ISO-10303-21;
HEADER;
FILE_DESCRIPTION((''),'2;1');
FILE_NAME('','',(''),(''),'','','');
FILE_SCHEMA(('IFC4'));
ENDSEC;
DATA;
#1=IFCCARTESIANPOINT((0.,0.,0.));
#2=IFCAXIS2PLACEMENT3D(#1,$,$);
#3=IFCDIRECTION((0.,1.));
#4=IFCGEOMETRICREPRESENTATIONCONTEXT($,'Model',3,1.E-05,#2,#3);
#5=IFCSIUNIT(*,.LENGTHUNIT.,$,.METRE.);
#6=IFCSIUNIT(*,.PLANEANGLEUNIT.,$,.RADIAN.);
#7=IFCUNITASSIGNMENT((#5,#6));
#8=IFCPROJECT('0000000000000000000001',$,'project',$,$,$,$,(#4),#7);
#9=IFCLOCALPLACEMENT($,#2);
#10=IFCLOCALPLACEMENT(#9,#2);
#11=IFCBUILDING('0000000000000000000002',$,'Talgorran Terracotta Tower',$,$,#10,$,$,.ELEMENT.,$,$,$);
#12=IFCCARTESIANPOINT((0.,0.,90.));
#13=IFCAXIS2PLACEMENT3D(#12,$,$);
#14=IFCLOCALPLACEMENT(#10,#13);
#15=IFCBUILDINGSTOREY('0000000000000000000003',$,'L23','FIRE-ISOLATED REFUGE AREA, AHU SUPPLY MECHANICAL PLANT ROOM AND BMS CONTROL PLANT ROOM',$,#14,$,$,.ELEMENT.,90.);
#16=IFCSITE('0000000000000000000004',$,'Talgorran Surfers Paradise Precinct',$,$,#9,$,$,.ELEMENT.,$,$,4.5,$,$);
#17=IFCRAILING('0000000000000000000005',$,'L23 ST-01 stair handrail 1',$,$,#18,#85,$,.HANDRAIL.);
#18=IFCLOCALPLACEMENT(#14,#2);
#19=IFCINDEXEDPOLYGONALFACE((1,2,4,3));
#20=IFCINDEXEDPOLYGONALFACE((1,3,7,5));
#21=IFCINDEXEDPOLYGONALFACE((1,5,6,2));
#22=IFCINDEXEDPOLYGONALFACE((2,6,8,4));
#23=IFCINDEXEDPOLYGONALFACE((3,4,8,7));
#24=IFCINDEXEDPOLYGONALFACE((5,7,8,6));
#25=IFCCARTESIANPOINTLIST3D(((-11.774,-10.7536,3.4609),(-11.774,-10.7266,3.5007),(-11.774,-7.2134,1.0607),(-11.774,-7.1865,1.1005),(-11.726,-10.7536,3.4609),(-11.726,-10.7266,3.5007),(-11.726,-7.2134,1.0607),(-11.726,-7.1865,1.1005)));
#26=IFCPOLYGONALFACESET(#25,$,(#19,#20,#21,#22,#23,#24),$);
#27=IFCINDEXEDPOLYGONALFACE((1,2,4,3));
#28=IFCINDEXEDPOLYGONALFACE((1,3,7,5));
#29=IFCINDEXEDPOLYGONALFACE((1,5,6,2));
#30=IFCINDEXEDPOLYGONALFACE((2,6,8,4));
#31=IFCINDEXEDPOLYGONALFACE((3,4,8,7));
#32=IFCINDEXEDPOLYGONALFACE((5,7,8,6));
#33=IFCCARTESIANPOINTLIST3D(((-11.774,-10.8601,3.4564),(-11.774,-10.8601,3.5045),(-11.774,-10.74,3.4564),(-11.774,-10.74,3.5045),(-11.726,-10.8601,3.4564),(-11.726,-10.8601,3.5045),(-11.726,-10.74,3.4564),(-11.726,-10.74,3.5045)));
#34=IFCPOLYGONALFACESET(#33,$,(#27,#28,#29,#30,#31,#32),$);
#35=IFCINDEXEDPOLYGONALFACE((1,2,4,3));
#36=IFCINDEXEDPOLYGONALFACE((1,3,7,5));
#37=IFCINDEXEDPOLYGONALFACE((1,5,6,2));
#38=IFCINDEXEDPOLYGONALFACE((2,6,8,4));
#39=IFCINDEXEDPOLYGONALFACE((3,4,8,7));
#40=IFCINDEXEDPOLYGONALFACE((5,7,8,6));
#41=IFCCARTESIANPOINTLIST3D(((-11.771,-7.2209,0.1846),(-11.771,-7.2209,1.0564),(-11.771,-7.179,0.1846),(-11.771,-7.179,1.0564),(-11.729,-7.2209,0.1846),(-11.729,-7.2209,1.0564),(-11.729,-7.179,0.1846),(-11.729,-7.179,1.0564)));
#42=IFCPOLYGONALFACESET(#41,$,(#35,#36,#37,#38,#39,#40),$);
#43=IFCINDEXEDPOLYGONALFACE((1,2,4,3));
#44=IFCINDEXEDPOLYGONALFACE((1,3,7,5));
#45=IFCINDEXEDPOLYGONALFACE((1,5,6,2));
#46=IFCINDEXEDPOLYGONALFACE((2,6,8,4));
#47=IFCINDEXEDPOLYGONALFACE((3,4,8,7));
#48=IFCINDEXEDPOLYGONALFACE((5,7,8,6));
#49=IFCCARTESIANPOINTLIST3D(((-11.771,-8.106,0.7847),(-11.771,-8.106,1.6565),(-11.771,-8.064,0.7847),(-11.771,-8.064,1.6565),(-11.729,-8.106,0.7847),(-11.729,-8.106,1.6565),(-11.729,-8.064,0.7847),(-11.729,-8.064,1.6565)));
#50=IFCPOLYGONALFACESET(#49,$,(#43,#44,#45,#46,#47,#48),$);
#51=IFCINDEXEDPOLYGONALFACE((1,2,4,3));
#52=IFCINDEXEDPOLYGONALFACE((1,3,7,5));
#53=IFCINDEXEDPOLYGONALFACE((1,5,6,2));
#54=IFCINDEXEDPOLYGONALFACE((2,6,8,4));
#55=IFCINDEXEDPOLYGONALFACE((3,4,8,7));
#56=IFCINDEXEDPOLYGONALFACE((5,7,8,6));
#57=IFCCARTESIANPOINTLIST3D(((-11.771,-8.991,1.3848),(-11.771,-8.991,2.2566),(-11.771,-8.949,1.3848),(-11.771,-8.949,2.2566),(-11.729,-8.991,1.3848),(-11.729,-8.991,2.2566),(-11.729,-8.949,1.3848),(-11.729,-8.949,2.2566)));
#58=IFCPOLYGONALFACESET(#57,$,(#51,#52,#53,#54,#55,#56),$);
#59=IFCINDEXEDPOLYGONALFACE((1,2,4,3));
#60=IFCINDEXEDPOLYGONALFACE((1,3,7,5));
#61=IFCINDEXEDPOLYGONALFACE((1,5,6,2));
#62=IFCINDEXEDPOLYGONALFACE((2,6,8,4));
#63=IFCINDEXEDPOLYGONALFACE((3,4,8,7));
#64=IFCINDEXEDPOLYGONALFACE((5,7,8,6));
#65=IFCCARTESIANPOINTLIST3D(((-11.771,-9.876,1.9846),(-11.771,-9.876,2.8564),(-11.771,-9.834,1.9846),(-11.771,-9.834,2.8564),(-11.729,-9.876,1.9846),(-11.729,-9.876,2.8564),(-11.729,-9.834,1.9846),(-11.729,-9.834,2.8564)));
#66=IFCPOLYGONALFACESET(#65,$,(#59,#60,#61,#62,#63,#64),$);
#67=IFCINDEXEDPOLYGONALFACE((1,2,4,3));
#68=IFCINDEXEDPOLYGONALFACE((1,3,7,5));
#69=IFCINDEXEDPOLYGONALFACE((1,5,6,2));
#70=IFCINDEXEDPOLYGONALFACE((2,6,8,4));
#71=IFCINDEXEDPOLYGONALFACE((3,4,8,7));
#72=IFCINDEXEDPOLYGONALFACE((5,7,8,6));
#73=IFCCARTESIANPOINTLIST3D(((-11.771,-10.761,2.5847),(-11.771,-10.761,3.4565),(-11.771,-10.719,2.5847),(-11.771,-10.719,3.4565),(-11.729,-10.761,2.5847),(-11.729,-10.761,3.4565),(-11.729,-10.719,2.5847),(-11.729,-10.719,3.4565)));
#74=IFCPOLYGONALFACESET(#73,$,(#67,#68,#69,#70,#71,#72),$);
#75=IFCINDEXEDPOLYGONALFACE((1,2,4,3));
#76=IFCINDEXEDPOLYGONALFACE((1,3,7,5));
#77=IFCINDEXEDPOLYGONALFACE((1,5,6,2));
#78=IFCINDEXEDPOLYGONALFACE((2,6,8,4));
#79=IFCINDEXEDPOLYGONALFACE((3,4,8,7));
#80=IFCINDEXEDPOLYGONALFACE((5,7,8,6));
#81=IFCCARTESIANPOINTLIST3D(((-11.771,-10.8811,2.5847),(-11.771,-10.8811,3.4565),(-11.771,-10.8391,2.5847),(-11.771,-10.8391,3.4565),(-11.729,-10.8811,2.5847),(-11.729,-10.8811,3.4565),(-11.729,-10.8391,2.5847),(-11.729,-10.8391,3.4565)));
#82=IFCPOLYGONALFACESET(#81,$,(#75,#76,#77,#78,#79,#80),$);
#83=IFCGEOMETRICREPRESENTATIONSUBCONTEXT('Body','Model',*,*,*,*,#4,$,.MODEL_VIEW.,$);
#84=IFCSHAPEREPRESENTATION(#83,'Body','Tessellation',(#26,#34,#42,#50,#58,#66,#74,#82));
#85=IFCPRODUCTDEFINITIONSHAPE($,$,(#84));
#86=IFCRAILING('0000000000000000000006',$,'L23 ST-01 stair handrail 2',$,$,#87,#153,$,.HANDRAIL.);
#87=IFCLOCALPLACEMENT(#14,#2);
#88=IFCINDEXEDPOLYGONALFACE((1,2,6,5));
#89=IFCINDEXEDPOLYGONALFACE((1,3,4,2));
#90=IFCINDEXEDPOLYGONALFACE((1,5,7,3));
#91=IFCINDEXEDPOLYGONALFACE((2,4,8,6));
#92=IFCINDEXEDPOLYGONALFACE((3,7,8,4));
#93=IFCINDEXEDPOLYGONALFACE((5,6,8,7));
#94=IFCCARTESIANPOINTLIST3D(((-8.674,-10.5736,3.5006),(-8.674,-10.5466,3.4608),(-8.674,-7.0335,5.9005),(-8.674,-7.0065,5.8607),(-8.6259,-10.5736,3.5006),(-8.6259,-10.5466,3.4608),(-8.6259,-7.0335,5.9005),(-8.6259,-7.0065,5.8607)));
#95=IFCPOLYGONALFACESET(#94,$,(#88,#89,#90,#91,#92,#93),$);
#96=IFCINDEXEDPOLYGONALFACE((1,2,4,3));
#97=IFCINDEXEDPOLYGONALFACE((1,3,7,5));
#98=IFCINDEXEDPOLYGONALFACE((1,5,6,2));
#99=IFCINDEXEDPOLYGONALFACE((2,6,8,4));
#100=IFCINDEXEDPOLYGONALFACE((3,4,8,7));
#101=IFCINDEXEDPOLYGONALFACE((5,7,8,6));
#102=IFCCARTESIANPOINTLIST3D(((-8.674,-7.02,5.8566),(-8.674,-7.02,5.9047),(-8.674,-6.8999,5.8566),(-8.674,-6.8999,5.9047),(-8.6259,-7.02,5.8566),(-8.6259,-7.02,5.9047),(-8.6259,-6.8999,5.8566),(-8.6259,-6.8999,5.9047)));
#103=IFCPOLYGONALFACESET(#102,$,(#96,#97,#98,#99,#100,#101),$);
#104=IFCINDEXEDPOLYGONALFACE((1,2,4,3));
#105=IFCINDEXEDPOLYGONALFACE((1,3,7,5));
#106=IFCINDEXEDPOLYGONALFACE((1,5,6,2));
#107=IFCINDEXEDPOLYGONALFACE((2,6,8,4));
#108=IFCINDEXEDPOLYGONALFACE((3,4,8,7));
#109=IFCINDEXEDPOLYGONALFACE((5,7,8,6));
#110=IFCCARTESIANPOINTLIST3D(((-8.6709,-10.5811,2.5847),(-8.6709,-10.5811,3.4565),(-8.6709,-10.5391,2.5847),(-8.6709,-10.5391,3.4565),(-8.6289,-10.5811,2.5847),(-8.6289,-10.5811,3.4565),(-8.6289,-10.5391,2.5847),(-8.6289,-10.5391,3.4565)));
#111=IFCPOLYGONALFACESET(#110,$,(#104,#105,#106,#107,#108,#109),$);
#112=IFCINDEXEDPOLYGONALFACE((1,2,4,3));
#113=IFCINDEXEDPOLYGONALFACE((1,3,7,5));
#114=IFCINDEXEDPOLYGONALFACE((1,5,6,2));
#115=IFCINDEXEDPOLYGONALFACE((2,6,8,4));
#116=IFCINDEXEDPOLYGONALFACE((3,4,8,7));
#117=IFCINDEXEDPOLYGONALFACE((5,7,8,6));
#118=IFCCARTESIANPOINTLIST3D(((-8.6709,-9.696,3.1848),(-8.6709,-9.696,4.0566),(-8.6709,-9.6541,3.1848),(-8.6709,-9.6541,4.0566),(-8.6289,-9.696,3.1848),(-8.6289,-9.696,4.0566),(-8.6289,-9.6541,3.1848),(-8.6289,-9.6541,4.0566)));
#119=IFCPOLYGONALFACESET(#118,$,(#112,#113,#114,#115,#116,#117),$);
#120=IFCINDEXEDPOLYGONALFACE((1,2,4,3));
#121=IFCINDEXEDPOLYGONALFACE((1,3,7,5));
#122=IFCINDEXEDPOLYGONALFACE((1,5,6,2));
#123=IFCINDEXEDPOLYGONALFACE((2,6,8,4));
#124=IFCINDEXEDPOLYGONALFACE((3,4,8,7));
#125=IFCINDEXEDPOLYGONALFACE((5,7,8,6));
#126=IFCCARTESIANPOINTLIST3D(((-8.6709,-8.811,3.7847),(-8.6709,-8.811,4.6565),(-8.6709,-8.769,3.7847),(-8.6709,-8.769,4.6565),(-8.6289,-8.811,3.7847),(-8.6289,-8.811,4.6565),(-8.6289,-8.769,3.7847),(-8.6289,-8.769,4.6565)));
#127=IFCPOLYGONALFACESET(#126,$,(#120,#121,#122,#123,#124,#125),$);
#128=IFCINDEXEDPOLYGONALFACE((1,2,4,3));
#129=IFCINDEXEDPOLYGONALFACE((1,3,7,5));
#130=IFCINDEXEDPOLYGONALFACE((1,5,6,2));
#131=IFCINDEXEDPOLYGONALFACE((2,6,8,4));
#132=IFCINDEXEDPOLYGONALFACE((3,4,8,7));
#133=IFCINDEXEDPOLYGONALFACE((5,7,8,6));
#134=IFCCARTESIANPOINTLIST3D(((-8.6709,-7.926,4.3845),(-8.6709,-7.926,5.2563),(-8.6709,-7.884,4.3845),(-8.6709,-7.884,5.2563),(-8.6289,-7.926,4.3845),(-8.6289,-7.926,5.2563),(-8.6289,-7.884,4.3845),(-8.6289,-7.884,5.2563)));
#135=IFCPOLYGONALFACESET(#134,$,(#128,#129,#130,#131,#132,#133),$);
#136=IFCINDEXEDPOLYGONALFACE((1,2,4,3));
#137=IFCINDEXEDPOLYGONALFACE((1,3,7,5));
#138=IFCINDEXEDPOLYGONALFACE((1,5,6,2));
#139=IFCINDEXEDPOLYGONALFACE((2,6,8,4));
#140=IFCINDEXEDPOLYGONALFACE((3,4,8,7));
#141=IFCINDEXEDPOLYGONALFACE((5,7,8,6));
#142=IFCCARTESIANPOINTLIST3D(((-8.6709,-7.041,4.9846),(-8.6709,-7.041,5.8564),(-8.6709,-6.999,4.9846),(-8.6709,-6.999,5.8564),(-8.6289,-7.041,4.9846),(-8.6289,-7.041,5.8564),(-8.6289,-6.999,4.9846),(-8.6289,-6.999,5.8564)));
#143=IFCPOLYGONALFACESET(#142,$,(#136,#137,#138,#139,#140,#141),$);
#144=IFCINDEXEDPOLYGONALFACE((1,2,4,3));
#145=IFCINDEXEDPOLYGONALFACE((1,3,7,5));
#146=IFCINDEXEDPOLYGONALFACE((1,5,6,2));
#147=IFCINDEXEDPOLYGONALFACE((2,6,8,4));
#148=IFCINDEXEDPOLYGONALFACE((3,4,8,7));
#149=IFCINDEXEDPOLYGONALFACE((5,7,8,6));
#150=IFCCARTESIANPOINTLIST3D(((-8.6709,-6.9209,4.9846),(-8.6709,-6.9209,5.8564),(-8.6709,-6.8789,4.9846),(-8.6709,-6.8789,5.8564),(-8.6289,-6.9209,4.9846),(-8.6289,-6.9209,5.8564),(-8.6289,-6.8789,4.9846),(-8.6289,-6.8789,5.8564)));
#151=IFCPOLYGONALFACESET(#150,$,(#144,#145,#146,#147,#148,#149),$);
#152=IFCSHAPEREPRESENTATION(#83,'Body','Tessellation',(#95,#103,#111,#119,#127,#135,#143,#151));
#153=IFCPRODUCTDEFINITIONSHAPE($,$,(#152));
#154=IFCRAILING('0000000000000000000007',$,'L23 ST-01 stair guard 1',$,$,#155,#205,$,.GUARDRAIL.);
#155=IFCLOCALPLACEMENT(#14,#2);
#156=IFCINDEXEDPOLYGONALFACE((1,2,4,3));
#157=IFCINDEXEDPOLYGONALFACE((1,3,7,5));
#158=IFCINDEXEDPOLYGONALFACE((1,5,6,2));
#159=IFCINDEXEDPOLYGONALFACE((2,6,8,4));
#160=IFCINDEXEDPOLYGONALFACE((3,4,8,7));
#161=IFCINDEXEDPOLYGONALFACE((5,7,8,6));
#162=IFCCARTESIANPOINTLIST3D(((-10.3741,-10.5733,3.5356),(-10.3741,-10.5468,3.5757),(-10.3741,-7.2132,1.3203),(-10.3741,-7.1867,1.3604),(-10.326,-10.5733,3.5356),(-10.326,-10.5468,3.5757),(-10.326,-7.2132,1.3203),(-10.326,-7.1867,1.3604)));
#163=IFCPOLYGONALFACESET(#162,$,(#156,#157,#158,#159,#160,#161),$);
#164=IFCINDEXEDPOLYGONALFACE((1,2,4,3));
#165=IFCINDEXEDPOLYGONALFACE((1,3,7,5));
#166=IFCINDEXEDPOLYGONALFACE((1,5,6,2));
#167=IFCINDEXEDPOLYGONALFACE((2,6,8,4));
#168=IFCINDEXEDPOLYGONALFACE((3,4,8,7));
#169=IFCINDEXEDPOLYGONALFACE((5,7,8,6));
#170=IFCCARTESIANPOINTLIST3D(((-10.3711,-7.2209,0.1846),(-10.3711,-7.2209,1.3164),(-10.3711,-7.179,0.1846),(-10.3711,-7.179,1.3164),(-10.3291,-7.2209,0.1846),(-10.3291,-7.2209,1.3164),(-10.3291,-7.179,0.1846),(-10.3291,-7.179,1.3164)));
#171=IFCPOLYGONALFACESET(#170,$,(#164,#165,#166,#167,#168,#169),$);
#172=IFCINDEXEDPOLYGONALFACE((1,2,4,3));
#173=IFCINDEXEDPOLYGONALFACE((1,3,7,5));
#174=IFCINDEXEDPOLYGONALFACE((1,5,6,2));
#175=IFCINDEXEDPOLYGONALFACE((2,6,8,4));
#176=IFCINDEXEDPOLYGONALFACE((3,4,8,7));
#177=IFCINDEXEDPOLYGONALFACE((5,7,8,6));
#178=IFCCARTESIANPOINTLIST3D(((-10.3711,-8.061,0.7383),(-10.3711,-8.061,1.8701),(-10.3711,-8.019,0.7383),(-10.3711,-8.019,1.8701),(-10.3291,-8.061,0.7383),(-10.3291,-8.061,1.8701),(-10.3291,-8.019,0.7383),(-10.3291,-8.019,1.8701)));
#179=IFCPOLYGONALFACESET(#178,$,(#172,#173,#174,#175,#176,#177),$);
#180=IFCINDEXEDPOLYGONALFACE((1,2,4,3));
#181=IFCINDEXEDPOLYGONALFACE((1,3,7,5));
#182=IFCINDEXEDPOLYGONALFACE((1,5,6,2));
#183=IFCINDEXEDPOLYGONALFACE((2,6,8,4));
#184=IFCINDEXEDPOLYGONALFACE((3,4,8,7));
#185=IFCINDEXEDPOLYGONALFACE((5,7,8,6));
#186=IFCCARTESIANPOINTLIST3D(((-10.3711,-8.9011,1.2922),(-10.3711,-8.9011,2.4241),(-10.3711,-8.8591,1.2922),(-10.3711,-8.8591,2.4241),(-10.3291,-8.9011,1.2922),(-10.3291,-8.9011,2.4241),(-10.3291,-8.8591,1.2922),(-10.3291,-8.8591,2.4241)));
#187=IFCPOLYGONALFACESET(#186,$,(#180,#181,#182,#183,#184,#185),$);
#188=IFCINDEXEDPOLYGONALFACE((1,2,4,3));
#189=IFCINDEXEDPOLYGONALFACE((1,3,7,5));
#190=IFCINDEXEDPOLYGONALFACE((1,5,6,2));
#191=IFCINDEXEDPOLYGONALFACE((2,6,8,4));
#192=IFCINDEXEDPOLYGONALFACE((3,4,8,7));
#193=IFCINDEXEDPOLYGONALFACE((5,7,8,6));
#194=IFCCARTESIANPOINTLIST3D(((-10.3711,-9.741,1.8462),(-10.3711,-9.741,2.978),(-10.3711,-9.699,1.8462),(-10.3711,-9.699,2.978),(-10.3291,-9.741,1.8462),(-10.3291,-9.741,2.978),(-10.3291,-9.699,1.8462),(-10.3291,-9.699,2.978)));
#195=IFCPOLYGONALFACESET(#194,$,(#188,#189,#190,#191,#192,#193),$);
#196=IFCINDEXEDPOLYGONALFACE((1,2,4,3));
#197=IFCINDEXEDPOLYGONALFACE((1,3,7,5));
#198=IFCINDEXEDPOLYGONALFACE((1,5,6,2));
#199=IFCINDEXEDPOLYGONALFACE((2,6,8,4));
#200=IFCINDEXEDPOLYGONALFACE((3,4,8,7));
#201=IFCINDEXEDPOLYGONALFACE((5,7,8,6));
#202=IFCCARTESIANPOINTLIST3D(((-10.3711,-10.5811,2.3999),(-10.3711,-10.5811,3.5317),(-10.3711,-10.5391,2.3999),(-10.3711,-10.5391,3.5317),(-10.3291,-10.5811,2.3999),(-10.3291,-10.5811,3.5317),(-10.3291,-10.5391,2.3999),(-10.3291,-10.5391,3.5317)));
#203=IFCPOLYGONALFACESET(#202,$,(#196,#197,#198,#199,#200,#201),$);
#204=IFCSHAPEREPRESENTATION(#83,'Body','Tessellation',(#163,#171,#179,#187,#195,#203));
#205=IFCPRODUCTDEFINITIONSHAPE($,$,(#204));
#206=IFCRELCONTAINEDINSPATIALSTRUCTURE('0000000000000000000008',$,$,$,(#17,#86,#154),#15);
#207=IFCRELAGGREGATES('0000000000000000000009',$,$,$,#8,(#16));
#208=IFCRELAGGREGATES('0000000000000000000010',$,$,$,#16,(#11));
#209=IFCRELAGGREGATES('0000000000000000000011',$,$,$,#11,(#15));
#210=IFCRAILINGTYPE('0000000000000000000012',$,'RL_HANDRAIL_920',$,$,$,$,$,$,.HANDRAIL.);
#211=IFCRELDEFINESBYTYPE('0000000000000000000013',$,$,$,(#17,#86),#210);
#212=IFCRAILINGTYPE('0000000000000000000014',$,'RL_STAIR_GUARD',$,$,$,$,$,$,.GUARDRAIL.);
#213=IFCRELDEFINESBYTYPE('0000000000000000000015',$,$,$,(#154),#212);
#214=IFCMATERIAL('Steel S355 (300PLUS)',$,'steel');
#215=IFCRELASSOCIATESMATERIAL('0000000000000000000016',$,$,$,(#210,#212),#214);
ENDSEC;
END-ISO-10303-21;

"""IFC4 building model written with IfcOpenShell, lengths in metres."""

from ifc_helpers import new_model, si_unit, direction, frame, origin, origin_2d, place, context, subcontext, project, spatial, rectangle, extrude, material, type_object, element, save


model = new_model("IFC4")

# Units and contexts
model_context = context("Model", 3, precision=1e-05, world=origin(), true_north=direction((0.0, 1.0)))
body_context = subcontext(model_context, "Body", "Model", "MODEL_VIEW")
ifc_project = project(units=[si_unit("LENGTHUNIT", "METRE"), si_unit("PLANEANGLEUNIT", "RADIAN")], contexts=[model_context])

# Site, building, storey
site_placement = place(None, origin())
site = spatial("IfcSite", under=ifc_project, at=site_placement, Name="Talgorran Surfers Paradise Precinct", CompositionType="ELEMENT", RefElevation=4.5)
building_placement = place(site_placement, origin())
building = spatial("IfcBuilding", under=site, at=building_placement, Name="Talgorran Terracotta Tower", CompositionType="ELEMENT")
storey_placement = place(building_placement, frame((0.0, 0.0, 90.0)))
storey = spatial("IfcBuildingStorey", under=building, at=storey_placement, Name="L23", Description="FIRE-ISOLATED REFUGE AREA, AHU SUPPLY MECHANICAL PLANT ROOM AND BMS CONTROL PLANT ROOM", CompositionType="ELEMENT", Elevation=90.0)

# Shared definitions
ifc_material_1 = material(Name="Steel S355 (300PLUS)", Category="steel")

# Railings
railing_type_1 = type_object("IfcRailingType", Name="RL_HANDRAIL_920", PredefinedType="HANDRAIL", material=ifc_material_1)
railing_1_placement = place(storey_placement, frame((-11.75, -7.2, 0.1846)))
element("IfcRailing", 1, at=railing_1_placement, inside=storey, type_object=railing_type_1, Name="L23 ST-01 stair handrail 1", PredefinedType="HANDRAIL", context=body_context, shape_type="SweptSolid", body=[
    extrude(rectangle(XDim=0.0481, YDim=0.0481, at=origin_2d()), frame((0.0, 0.0, 0.896), z_axis=(0.0, -0.827695, 0.561178), x_axis=(1.0, 0.0, 0.0)), (0.0, 0.0, 1.0), 4.2771),
    extrude(rectangle(XDim=0.0481, YDim=0.0481, at=origin_2d()), frame((0.0, -3.54, 3.2959), z_axis=(0.0, -1.0, 0.0), x_axis=(1.0, 0.0, 0.0)), (0.0, 0.0, 1.0), 0.1201),
    extrude(rectangle(XDim=0.042, YDim=0.042, at=origin_2d()), origin(), (0.0, 0.0, 1.0), 0.8718),
    extrude(rectangle(XDim=0.042, YDim=0.042, at=origin_2d()), frame((0.0, -0.885, 0.6001)), (0.0, 0.0, 1.0), 0.8718),
    extrude(rectangle(XDim=0.042, YDim=0.042, at=origin_2d()), frame((0.0, -1.77, 1.2002)), (0.0, 0.0, 1.0), 0.8718),
    extrude(rectangle(XDim=0.042, YDim=0.042, at=origin_2d()), frame((0.0, -2.655, 1.8)), (0.0, 0.0, 1.0), 0.8718),
    extrude(rectangle(XDim=0.042, YDim=0.042, at=origin_2d()), frame((0.0, -3.54, 2.4001)), (0.0, 0.0, 1.0), 0.8718),
    extrude(rectangle(XDim=0.042, YDim=0.042, at=origin_2d()), frame((0.0, -3.6602, 2.4001)), (0.0, 0.0, 1.0), 0.8718),
])
railing_2_placement = place(storey_placement, frame((-8.6499, -10.5601, 2.5847)))
element("IfcRailing", 2, at=railing_2_placement, inside=storey, type_object=railing_type_1, Name="L23 ST-01 stair handrail 2", PredefinedType="HANDRAIL", context=body_context, shape_type="SweptSolid", body=[
    extrude(rectangle(XDim=0.0481, YDim=0.0481, at=origin_2d()), frame((0.0, 0.0, 0.896), z_axis=(0.0, 0.827722, 0.561138), x_axis=(-1.0, 0.0, 0.0)), (0.0, 0.0, 1.0), 4.2769),
    extrude(rectangle(XDim=0.0481, YDim=0.0481, at=origin_2d()), frame((0.0, 3.54, 3.2959), z_axis=(0.0, 1.0, 0.0), x_axis=(-1.0, 0.0, 0.0)), (0.0, 0.0, 1.0), 0.1201),
    extrude(rectangle(XDim=0.042, YDim=0.042, at=origin_2d()), origin(), (0.0, 0.0, 1.0), 0.8718),
    extrude(rectangle(XDim=0.042, YDim=0.042, at=origin_2d()), frame((0.0, 0.885, 0.6001)), (0.0, 0.0, 1.0), 0.8718),
    extrude(rectangle(XDim=0.042, YDim=0.042, at=origin_2d()), frame((0.0, 1.77, 1.2)), (0.0, 0.0, 1.0), 0.8718),
    extrude(rectangle(XDim=0.042, YDim=0.042, at=origin_2d()), frame((0.0, 2.655, 1.7998)), (0.0, 0.0, 1.0), 0.8718),
    extrude(rectangle(XDim=0.042, YDim=0.042, at=origin_2d()), frame((0.0, 3.54, 2.3999)), (0.0, 0.0, 1.0), 0.8718),
    extrude(rectangle(XDim=0.042, YDim=0.042, at=origin_2d()), frame((0.0, 3.6602, 2.3999)), (0.0, 0.0, 1.0), 0.8718),
])
railing_type_2 = type_object("IfcRailingType", Name="RL_STAIR_GUARD", PredefinedType="GUARDRAIL", material=ifc_material_1)
railing_3_placement = place(storey_placement, frame((-10.3501, -7.2, 0.1846)))
element("IfcRailing", 3, at=railing_3_placement, inside=storey, type_object=railing_type_2, Name="L23 ST-01 stair guard 1", PredefinedType="GUARDRAIL", context=body_context, shape_type="SweptSolid", body=[
    extrude(rectangle(XDim=0.0481, YDim=0.0481, at=origin_2d()), frame((0.0, 0.0, 1.1558), z_axis=(0.0, -0.834876, 0.550437), x_axis=(1.0, 0.0, 0.0)), (0.0, 0.0, 1.0), 4.0247),
    extrude(rectangle(XDim=0.042, YDim=0.042, at=origin_2d()), origin(), (0.0, 0.0, 1.0), 1.1318),
    extrude(rectangle(XDim=0.042, YDim=0.042, at=origin_2d()), frame((0.0, -0.8401, 0.5537)), (0.0, 0.0, 1.0), 1.1318),
    extrude(rectangle(XDim=0.042, YDim=0.042, at=origin_2d()), frame((0.0, -1.6802, 1.1077)), (0.0, 0.0, 1.0), 1.1318),
    extrude(rectangle(XDim=0.042, YDim=0.042, at=origin_2d()), frame((0.0, -2.52, 1.6616)), (0.0, 0.0, 1.0), 1.1318),
    extrude(rectangle(XDim=0.042, YDim=0.042, at=origin_2d()), frame((0.0, -3.3601, 2.2153)), (0.0, 0.0, 1.0), 1.1318),
])

save(model, "model.ifc")
